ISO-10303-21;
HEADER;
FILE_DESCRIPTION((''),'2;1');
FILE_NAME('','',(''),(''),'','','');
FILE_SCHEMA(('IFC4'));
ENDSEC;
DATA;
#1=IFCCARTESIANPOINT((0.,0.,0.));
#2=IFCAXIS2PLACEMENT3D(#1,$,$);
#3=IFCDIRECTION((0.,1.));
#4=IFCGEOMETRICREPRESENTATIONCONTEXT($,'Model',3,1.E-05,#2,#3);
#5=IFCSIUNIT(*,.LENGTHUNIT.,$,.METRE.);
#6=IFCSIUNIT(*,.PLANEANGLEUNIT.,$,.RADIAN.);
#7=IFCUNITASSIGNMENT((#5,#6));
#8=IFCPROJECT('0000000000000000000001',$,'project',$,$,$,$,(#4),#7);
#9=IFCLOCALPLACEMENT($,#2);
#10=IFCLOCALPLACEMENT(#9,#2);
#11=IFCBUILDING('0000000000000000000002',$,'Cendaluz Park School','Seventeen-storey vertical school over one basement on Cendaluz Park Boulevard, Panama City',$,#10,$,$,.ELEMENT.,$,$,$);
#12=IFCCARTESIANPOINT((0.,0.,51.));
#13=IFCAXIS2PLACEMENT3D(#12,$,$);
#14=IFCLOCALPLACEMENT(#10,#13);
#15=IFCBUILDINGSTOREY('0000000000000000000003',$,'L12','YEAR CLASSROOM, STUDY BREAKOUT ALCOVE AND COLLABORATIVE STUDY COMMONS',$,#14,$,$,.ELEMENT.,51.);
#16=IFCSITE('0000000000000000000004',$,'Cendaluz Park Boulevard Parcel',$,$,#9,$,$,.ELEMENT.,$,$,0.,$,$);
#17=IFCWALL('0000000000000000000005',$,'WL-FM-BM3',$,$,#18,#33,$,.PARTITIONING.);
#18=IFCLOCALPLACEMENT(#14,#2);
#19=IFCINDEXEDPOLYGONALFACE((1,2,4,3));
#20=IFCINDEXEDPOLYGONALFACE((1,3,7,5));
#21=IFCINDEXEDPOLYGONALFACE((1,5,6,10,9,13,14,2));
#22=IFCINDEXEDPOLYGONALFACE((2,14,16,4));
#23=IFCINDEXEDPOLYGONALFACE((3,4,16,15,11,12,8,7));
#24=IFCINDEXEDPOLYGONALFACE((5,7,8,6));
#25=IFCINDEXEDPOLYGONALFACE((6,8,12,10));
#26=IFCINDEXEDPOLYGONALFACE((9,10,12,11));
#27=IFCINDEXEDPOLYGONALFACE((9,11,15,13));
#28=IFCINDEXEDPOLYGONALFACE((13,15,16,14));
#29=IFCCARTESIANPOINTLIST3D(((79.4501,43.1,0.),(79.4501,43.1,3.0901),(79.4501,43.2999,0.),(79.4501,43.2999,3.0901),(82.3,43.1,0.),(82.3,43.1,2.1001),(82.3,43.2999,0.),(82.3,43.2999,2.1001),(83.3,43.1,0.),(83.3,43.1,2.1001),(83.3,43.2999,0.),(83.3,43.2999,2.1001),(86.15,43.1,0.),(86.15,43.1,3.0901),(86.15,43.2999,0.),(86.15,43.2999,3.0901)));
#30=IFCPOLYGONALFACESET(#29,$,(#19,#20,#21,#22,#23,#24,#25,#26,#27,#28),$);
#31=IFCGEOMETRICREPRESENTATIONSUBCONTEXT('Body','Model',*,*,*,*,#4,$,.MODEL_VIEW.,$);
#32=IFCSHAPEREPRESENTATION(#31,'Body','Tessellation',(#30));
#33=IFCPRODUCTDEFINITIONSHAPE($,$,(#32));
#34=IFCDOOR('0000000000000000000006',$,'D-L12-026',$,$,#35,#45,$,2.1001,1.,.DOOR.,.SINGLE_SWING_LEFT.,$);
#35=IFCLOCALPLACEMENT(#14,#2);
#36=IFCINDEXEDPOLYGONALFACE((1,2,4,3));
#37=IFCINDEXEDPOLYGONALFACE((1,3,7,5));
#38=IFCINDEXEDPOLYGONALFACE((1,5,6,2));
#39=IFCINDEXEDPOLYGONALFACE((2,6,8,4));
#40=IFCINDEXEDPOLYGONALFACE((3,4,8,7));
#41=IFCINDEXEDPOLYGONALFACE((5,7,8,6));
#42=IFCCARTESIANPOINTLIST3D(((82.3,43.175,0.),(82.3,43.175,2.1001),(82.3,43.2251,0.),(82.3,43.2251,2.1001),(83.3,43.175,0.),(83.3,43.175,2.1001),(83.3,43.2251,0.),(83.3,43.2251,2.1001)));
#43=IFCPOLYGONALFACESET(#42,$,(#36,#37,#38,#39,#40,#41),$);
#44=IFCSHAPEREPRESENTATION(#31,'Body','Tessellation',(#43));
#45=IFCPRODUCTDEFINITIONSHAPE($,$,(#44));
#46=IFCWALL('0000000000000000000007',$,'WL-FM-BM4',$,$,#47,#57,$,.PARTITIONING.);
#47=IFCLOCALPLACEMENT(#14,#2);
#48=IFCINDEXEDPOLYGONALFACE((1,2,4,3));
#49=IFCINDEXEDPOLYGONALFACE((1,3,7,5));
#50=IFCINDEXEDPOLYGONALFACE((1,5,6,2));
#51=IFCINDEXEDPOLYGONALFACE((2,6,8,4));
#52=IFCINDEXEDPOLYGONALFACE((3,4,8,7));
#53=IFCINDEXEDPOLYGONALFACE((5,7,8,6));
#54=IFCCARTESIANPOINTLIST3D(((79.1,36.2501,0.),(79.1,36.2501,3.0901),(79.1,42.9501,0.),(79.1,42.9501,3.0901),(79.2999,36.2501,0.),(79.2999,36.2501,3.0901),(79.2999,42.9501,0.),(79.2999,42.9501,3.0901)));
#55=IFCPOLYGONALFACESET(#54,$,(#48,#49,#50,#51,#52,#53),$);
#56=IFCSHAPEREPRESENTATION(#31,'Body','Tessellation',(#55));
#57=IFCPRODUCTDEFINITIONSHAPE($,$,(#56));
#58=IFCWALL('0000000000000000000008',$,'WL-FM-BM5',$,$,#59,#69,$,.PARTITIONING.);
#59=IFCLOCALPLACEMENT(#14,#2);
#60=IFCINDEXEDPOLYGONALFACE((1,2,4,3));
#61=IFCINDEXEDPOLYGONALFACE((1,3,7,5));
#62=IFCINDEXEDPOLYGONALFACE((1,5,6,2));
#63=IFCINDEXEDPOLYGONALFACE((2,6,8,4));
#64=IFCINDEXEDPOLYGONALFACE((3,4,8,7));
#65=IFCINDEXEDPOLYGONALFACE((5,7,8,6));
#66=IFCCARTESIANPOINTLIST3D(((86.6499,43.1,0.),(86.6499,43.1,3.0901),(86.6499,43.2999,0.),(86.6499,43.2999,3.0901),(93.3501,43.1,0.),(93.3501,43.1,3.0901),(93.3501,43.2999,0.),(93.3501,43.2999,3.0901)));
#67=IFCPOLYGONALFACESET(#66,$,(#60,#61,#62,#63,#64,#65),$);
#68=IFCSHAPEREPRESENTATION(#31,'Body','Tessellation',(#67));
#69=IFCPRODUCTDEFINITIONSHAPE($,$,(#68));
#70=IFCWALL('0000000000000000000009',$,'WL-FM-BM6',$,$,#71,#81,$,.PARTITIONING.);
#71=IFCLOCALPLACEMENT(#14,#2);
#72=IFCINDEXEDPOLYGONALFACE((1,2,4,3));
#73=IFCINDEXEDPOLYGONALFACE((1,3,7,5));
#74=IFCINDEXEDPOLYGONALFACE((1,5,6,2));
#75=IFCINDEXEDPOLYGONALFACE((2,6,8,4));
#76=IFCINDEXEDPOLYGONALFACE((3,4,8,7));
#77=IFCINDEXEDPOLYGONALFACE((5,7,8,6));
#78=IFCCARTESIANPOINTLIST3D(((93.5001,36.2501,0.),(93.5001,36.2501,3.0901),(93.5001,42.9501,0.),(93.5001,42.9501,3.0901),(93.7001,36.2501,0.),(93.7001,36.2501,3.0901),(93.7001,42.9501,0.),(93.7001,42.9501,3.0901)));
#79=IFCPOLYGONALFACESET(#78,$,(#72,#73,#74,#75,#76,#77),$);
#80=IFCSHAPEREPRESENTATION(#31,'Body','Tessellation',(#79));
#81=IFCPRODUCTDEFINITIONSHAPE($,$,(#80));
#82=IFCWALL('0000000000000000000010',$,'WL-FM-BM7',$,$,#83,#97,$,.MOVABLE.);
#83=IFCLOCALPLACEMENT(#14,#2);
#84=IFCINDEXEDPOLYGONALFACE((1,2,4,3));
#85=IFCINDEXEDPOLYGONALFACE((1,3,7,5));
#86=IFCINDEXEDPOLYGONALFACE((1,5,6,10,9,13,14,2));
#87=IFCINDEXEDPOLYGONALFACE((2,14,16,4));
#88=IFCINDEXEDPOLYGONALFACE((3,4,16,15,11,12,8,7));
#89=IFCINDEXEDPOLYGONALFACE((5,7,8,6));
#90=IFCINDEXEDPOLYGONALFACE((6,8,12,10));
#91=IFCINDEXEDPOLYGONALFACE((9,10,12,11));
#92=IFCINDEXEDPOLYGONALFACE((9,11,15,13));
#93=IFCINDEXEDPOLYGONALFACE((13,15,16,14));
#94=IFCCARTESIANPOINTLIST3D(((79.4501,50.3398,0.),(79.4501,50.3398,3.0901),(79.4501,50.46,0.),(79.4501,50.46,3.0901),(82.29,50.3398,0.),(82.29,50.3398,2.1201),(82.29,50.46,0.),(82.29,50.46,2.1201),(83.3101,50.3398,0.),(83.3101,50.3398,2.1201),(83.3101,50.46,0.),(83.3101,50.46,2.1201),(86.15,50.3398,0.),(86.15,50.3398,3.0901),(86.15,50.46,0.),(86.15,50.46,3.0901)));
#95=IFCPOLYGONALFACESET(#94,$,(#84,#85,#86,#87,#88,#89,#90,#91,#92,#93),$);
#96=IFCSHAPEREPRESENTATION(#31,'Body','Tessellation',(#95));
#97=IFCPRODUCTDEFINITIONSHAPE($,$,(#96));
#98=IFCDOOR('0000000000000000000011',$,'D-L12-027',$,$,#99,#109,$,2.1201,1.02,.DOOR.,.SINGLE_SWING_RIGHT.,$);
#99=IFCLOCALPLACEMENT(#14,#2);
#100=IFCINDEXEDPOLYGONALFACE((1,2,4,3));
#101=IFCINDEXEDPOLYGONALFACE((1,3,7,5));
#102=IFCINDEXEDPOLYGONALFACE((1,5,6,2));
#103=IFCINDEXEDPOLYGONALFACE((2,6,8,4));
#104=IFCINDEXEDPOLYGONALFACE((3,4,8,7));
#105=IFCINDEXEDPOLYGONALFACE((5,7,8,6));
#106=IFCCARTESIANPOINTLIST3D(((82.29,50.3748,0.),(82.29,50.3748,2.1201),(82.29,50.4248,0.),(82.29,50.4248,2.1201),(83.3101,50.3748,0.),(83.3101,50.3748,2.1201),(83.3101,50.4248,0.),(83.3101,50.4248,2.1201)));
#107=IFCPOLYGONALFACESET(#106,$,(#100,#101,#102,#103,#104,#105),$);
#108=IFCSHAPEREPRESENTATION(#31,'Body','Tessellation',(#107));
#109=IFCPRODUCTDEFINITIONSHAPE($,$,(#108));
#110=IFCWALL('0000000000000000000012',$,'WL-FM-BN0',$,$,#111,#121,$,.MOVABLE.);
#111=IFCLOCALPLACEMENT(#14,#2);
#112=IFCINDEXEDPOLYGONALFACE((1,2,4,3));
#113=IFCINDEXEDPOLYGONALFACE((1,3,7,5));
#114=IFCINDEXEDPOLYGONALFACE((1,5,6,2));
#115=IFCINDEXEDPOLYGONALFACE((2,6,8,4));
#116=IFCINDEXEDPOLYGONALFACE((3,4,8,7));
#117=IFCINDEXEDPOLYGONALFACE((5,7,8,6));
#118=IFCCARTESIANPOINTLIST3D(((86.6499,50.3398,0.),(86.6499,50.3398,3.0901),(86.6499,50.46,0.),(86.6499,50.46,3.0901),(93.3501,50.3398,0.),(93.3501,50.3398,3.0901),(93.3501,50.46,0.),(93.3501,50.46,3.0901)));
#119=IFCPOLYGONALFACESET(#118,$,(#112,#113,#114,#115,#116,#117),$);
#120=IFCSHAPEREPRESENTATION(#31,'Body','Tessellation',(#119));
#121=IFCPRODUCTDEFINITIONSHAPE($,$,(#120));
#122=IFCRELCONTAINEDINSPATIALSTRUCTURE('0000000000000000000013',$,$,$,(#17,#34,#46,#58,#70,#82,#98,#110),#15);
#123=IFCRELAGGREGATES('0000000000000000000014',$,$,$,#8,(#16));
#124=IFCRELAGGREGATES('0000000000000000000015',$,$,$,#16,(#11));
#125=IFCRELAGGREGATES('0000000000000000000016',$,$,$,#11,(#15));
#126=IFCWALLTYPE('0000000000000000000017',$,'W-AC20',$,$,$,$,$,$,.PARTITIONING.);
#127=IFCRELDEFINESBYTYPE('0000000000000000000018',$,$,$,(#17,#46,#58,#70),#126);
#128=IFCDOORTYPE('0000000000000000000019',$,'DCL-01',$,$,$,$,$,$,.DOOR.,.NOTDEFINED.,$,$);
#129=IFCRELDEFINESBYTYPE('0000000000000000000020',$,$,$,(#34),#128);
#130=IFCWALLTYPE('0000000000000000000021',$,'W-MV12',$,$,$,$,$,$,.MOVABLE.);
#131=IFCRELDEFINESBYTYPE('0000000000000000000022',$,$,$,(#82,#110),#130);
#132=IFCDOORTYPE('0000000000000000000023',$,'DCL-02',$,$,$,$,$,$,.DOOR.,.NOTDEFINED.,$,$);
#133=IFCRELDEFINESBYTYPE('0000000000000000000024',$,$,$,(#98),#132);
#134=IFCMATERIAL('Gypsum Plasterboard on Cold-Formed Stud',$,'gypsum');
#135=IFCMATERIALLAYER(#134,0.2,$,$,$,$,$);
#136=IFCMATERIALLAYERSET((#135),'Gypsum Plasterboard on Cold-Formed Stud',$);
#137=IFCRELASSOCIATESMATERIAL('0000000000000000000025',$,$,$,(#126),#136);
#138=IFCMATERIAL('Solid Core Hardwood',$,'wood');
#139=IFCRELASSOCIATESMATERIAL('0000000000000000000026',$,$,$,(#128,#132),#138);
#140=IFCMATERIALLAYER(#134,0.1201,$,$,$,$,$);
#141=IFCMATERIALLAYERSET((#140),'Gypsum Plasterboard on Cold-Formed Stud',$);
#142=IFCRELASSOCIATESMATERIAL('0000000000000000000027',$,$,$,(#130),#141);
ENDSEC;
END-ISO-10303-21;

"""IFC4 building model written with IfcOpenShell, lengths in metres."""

from ifc_helpers import new_model, si_unit, direction, frame, frame_2d, origin, place, context, subcontext, project, spatial, rectangle, extrude, material, layer, layer_set, type_object, element, fill, save


model = new_model("IFC4")

# Units and contexts
model_context = context("Model", 3, precision=1e-05, world=origin(), true_north=direction((0.0, 1.0)))
body_context = subcontext(model_context, "Body", "Model", "MODEL_VIEW")
ifc_project = project(units=[si_unit("LENGTHUNIT", "METRE"), si_unit("PLANEANGLEUNIT", "RADIAN")], contexts=[model_context])

# Site, building, storey
site_placement = place(None, origin())
site = spatial("IfcSite", under=ifc_project, at=site_placement, Name="Cendaluz Park Boulevard Parcel", CompositionType="ELEMENT", RefElevation=0.0)
building_placement = place(site_placement, origin())
building = spatial("IfcBuilding", under=site, at=building_placement, Name="Cendaluz Park School", Description="Seventeen-storey vertical school over one basement on Cendaluz Park Boulevard, Panama City", CompositionType="ELEMENT")
storey_placement = place(building_placement, frame((0.0, 0.0, 51.0)))
storey = spatial("IfcBuildingStorey", under=building, at=storey_placement, Name="L12", Description="YEAR CLASSROOM, STUDY BREAKOUT ALCOVE AND COLLABORATIVE STUDY COMMONS", CompositionType="ELEMENT", Elevation=51.0)

# Wall, opening, door
ifc_material_1 = material(Name="Gypsum Plasterboard on Cold-Formed Stud", Category="gypsum")
ifc_layer_1 = layer(ifc_material_1, 0.2)
ifc_layer_set_1 = layer_set([ifc_layer_1], Name="Gypsum Plasterboard on Cold-Formed Stud")
wall_type_1 = type_object("IfcWallType", Name="W-AC20", PredefinedType="PARTITIONING", material=ifc_layer_set_1)
wall_1_placement = place(storey_placement, frame((79.45, 43.2, 0.0), z_axis=(0.0, 0.0, 1.0), x_axis=(1.0, 0.0, 0.0)))
wall_1 = element("IfcWall", 1, at=wall_1_placement, inside=storey, type_object=wall_type_1, Name="WL-FM-BM3", PredefinedType="PARTITIONING", context=body_context, shape_type="SweptSolid", body=[
    extrude(rectangle(XDim=6.7, YDim=0.2, at=frame_2d((3.3501, 0.0))), origin(), (0.0, 0.0, 1.0), 3.0901),
])
opening_1_placement = place(wall_1_placement, frame((2.8501, 0.0, 0.0)))
opening_1 = element("IfcOpeningElement", 2, at=opening_1_placement, cuts=wall_1, PredefinedType="OPENING", context=body_context, shape_type="SweptSolid", body=[
    extrude(rectangle(XDim=1.0, YDim=2.1001, at=frame_2d((0.5, 1.05))), frame((0.0, 0.1121, 0.0), z_axis=(0.0, -1.0, 0.0), x_axis=(1.0, 0.0, 0.0)), (0.0, 0.0, 1.0), 0.2239),
])
ifc_material_2 = material(Name="Solid Core Hardwood", Category="wood")
door_type_1 = type_object("IfcDoorType", Name="DCL-01", OperationType="NOTDEFINED", PredefinedType="DOOR", material=ifc_material_2)
door_1_placement = place(opening_1_placement, frame((1.0, 0.0, 0.0), z_axis=(0.0, 0.0, 1.0), x_axis=(-1.0, 0.0, 0.0)))
door_1 = element("IfcDoor", 3, at=door_1_placement, inside=storey, type_object=door_type_1, Name="D-L12-026", OperationType="SINGLE_SWING_LEFT", OverallHeight=2.1001, OverallWidth=1.0, PredefinedType="DOOR", context=body_context, shape_type="SweptSolid", body=[
    extrude(rectangle(XDim=1.0, YDim=2.1001, at=frame_2d((0.5, 1.05))), frame((0.0, 0.0249, 0.0), z_axis=(0.0, -1.0, 0.0), x_axis=(1.0, 0.0, 0.0)), (0.0, 0.0, 1.0), 0.05),
])
fill(opening_1, door_1)

# Walls
wall_2_placement = place(storey_placement, frame((79.2, 36.25, 0.0), z_axis=(0.0, 0.0, 1.0), x_axis=(0.0, 1.0, 0.0)))
element("IfcWall", 4, at=wall_2_placement, inside=storey, type_object=wall_type_1, Name="WL-FM-BM4", PredefinedType="PARTITIONING", context=body_context, shape_type="SweptSolid", body=[
    extrude(rectangle(XDim=6.7, YDim=0.2, at=frame_2d((3.3501, 0.0))), origin(), (0.0, 0.0, 1.0), 3.0901),
])
wall_3_placement = place(storey_placement, frame((86.6499, 43.2, 0.0), z_axis=(0.0, 0.0, 1.0), x_axis=(1.0, 0.0, 0.0)))
element("IfcWall", 5, at=wall_3_placement, inside=storey, type_object=wall_type_1, Name="WL-FM-BM5", PredefinedType="PARTITIONING", context=body_context, shape_type="SweptSolid", body=[
    extrude(rectangle(XDim=6.7002, YDim=0.2, at=frame_2d((3.3501, 0.0))), origin(), (0.0, 0.0, 1.0), 3.0901),
])
wall_4_placement = place(storey_placement, frame((93.6001, 36.25, 0.0), z_axis=(0.0, 0.0, 1.0), x_axis=(0.0, 1.0, 0.0)))
element("IfcWall", 6, at=wall_4_placement, inside=storey, type_object=wall_type_1, Name="WL-FM-BM6", PredefinedType="PARTITIONING", context=body_context, shape_type="SweptSolid", body=[
    extrude(rectangle(XDim=6.7, YDim=0.2, at=frame_2d((3.3501, 0.0))), origin(), (0.0, 0.0, 1.0), 3.0901),
])

# Wall, opening, door
ifc_layer_2 = layer(ifc_material_1, 0.1201)
ifc_layer_set_2 = layer_set([ifc_layer_2], Name="Gypsum Plasterboard on Cold-Formed Stud")
wall_type_2 = type_object("IfcWallType", Name="W-MV12", PredefinedType="MOVABLE", material=ifc_layer_set_2)
wall_5_placement = place(storey_placement, frame((79.45, 50.3999, 0.0), z_axis=(0.0, 0.0, 1.0), x_axis=(1.0, 0.0, 0.0)))
wall_5 = element("IfcWall", 7, at=wall_5_placement, inside=storey, type_object=wall_type_2, Name="WL-FM-BM7", PredefinedType="MOVABLE", context=body_context, shape_type="SweptSolid", body=[
    extrude(rectangle(XDim=6.7, YDim=0.1201, at=frame_2d((3.3501, 0.0))), origin(), (0.0, 0.0, 1.0), 3.0901),
])
opening_2_placement = place(wall_5_placement, frame((2.8401, 0.0, 0.0)))
opening_2 = element("IfcOpeningElement", 8, at=opening_2_placement, cuts=wall_5, PredefinedType="OPENING", context=body_context, shape_type="SweptSolid", body=[
    extrude(rectangle(XDim=1.02, YDim=2.1201, at=frame_2d((0.51, 1.0601))), frame((0.0, 0.072, 0.0), z_axis=(0.0, -1.0, 0.0), x_axis=(1.0, 0.0, 0.0)), (0.0, 0.0, 1.0), 0.144),
])
door_type_2 = type_object("IfcDoorType", Name="DCL-02", OperationType="NOTDEFINED", PredefinedType="DOOR", material=ifc_material_2)
door_2_placement = place(opening_2_placement, origin())
door_2 = element("IfcDoor", 9, at=door_2_placement, inside=storey, type_object=door_type_2, Name="D-L12-027", OperationType="SINGLE_SWING_RIGHT", OverallHeight=2.1201, OverallWidth=1.02, PredefinedType="DOOR", context=body_context, shape_type="SweptSolid", body=[
    extrude(rectangle(XDim=1.02, YDim=2.1201, at=frame_2d((0.51, 1.0601))), frame((0.0, 0.0249, 0.0), z_axis=(0.0, -1.0, 0.0), x_axis=(1.0, 0.0, 0.0)), (0.0, 0.0, 1.0), 0.05),
])
fill(opening_2, door_2)

# Wall
wall_6_placement = place(storey_placement, frame((86.6499, 50.3999, 0.0), z_axis=(0.0, 0.0, 1.0), x_axis=(1.0, 0.0, 0.0)))
element("IfcWall", 10, at=wall_6_placement, inside=storey, type_object=wall_type_2, Name="WL-FM-BN0", PredefinedType="MOVABLE", context=body_context, shape_type="SweptSolid", body=[
    extrude(rectangle(XDim=6.7002, YDim=0.1201, at=frame_2d((3.3501, 0.0))), origin(), (0.0, 0.0, 1.0), 3.0901),
])

save(model, "model.ifc")
